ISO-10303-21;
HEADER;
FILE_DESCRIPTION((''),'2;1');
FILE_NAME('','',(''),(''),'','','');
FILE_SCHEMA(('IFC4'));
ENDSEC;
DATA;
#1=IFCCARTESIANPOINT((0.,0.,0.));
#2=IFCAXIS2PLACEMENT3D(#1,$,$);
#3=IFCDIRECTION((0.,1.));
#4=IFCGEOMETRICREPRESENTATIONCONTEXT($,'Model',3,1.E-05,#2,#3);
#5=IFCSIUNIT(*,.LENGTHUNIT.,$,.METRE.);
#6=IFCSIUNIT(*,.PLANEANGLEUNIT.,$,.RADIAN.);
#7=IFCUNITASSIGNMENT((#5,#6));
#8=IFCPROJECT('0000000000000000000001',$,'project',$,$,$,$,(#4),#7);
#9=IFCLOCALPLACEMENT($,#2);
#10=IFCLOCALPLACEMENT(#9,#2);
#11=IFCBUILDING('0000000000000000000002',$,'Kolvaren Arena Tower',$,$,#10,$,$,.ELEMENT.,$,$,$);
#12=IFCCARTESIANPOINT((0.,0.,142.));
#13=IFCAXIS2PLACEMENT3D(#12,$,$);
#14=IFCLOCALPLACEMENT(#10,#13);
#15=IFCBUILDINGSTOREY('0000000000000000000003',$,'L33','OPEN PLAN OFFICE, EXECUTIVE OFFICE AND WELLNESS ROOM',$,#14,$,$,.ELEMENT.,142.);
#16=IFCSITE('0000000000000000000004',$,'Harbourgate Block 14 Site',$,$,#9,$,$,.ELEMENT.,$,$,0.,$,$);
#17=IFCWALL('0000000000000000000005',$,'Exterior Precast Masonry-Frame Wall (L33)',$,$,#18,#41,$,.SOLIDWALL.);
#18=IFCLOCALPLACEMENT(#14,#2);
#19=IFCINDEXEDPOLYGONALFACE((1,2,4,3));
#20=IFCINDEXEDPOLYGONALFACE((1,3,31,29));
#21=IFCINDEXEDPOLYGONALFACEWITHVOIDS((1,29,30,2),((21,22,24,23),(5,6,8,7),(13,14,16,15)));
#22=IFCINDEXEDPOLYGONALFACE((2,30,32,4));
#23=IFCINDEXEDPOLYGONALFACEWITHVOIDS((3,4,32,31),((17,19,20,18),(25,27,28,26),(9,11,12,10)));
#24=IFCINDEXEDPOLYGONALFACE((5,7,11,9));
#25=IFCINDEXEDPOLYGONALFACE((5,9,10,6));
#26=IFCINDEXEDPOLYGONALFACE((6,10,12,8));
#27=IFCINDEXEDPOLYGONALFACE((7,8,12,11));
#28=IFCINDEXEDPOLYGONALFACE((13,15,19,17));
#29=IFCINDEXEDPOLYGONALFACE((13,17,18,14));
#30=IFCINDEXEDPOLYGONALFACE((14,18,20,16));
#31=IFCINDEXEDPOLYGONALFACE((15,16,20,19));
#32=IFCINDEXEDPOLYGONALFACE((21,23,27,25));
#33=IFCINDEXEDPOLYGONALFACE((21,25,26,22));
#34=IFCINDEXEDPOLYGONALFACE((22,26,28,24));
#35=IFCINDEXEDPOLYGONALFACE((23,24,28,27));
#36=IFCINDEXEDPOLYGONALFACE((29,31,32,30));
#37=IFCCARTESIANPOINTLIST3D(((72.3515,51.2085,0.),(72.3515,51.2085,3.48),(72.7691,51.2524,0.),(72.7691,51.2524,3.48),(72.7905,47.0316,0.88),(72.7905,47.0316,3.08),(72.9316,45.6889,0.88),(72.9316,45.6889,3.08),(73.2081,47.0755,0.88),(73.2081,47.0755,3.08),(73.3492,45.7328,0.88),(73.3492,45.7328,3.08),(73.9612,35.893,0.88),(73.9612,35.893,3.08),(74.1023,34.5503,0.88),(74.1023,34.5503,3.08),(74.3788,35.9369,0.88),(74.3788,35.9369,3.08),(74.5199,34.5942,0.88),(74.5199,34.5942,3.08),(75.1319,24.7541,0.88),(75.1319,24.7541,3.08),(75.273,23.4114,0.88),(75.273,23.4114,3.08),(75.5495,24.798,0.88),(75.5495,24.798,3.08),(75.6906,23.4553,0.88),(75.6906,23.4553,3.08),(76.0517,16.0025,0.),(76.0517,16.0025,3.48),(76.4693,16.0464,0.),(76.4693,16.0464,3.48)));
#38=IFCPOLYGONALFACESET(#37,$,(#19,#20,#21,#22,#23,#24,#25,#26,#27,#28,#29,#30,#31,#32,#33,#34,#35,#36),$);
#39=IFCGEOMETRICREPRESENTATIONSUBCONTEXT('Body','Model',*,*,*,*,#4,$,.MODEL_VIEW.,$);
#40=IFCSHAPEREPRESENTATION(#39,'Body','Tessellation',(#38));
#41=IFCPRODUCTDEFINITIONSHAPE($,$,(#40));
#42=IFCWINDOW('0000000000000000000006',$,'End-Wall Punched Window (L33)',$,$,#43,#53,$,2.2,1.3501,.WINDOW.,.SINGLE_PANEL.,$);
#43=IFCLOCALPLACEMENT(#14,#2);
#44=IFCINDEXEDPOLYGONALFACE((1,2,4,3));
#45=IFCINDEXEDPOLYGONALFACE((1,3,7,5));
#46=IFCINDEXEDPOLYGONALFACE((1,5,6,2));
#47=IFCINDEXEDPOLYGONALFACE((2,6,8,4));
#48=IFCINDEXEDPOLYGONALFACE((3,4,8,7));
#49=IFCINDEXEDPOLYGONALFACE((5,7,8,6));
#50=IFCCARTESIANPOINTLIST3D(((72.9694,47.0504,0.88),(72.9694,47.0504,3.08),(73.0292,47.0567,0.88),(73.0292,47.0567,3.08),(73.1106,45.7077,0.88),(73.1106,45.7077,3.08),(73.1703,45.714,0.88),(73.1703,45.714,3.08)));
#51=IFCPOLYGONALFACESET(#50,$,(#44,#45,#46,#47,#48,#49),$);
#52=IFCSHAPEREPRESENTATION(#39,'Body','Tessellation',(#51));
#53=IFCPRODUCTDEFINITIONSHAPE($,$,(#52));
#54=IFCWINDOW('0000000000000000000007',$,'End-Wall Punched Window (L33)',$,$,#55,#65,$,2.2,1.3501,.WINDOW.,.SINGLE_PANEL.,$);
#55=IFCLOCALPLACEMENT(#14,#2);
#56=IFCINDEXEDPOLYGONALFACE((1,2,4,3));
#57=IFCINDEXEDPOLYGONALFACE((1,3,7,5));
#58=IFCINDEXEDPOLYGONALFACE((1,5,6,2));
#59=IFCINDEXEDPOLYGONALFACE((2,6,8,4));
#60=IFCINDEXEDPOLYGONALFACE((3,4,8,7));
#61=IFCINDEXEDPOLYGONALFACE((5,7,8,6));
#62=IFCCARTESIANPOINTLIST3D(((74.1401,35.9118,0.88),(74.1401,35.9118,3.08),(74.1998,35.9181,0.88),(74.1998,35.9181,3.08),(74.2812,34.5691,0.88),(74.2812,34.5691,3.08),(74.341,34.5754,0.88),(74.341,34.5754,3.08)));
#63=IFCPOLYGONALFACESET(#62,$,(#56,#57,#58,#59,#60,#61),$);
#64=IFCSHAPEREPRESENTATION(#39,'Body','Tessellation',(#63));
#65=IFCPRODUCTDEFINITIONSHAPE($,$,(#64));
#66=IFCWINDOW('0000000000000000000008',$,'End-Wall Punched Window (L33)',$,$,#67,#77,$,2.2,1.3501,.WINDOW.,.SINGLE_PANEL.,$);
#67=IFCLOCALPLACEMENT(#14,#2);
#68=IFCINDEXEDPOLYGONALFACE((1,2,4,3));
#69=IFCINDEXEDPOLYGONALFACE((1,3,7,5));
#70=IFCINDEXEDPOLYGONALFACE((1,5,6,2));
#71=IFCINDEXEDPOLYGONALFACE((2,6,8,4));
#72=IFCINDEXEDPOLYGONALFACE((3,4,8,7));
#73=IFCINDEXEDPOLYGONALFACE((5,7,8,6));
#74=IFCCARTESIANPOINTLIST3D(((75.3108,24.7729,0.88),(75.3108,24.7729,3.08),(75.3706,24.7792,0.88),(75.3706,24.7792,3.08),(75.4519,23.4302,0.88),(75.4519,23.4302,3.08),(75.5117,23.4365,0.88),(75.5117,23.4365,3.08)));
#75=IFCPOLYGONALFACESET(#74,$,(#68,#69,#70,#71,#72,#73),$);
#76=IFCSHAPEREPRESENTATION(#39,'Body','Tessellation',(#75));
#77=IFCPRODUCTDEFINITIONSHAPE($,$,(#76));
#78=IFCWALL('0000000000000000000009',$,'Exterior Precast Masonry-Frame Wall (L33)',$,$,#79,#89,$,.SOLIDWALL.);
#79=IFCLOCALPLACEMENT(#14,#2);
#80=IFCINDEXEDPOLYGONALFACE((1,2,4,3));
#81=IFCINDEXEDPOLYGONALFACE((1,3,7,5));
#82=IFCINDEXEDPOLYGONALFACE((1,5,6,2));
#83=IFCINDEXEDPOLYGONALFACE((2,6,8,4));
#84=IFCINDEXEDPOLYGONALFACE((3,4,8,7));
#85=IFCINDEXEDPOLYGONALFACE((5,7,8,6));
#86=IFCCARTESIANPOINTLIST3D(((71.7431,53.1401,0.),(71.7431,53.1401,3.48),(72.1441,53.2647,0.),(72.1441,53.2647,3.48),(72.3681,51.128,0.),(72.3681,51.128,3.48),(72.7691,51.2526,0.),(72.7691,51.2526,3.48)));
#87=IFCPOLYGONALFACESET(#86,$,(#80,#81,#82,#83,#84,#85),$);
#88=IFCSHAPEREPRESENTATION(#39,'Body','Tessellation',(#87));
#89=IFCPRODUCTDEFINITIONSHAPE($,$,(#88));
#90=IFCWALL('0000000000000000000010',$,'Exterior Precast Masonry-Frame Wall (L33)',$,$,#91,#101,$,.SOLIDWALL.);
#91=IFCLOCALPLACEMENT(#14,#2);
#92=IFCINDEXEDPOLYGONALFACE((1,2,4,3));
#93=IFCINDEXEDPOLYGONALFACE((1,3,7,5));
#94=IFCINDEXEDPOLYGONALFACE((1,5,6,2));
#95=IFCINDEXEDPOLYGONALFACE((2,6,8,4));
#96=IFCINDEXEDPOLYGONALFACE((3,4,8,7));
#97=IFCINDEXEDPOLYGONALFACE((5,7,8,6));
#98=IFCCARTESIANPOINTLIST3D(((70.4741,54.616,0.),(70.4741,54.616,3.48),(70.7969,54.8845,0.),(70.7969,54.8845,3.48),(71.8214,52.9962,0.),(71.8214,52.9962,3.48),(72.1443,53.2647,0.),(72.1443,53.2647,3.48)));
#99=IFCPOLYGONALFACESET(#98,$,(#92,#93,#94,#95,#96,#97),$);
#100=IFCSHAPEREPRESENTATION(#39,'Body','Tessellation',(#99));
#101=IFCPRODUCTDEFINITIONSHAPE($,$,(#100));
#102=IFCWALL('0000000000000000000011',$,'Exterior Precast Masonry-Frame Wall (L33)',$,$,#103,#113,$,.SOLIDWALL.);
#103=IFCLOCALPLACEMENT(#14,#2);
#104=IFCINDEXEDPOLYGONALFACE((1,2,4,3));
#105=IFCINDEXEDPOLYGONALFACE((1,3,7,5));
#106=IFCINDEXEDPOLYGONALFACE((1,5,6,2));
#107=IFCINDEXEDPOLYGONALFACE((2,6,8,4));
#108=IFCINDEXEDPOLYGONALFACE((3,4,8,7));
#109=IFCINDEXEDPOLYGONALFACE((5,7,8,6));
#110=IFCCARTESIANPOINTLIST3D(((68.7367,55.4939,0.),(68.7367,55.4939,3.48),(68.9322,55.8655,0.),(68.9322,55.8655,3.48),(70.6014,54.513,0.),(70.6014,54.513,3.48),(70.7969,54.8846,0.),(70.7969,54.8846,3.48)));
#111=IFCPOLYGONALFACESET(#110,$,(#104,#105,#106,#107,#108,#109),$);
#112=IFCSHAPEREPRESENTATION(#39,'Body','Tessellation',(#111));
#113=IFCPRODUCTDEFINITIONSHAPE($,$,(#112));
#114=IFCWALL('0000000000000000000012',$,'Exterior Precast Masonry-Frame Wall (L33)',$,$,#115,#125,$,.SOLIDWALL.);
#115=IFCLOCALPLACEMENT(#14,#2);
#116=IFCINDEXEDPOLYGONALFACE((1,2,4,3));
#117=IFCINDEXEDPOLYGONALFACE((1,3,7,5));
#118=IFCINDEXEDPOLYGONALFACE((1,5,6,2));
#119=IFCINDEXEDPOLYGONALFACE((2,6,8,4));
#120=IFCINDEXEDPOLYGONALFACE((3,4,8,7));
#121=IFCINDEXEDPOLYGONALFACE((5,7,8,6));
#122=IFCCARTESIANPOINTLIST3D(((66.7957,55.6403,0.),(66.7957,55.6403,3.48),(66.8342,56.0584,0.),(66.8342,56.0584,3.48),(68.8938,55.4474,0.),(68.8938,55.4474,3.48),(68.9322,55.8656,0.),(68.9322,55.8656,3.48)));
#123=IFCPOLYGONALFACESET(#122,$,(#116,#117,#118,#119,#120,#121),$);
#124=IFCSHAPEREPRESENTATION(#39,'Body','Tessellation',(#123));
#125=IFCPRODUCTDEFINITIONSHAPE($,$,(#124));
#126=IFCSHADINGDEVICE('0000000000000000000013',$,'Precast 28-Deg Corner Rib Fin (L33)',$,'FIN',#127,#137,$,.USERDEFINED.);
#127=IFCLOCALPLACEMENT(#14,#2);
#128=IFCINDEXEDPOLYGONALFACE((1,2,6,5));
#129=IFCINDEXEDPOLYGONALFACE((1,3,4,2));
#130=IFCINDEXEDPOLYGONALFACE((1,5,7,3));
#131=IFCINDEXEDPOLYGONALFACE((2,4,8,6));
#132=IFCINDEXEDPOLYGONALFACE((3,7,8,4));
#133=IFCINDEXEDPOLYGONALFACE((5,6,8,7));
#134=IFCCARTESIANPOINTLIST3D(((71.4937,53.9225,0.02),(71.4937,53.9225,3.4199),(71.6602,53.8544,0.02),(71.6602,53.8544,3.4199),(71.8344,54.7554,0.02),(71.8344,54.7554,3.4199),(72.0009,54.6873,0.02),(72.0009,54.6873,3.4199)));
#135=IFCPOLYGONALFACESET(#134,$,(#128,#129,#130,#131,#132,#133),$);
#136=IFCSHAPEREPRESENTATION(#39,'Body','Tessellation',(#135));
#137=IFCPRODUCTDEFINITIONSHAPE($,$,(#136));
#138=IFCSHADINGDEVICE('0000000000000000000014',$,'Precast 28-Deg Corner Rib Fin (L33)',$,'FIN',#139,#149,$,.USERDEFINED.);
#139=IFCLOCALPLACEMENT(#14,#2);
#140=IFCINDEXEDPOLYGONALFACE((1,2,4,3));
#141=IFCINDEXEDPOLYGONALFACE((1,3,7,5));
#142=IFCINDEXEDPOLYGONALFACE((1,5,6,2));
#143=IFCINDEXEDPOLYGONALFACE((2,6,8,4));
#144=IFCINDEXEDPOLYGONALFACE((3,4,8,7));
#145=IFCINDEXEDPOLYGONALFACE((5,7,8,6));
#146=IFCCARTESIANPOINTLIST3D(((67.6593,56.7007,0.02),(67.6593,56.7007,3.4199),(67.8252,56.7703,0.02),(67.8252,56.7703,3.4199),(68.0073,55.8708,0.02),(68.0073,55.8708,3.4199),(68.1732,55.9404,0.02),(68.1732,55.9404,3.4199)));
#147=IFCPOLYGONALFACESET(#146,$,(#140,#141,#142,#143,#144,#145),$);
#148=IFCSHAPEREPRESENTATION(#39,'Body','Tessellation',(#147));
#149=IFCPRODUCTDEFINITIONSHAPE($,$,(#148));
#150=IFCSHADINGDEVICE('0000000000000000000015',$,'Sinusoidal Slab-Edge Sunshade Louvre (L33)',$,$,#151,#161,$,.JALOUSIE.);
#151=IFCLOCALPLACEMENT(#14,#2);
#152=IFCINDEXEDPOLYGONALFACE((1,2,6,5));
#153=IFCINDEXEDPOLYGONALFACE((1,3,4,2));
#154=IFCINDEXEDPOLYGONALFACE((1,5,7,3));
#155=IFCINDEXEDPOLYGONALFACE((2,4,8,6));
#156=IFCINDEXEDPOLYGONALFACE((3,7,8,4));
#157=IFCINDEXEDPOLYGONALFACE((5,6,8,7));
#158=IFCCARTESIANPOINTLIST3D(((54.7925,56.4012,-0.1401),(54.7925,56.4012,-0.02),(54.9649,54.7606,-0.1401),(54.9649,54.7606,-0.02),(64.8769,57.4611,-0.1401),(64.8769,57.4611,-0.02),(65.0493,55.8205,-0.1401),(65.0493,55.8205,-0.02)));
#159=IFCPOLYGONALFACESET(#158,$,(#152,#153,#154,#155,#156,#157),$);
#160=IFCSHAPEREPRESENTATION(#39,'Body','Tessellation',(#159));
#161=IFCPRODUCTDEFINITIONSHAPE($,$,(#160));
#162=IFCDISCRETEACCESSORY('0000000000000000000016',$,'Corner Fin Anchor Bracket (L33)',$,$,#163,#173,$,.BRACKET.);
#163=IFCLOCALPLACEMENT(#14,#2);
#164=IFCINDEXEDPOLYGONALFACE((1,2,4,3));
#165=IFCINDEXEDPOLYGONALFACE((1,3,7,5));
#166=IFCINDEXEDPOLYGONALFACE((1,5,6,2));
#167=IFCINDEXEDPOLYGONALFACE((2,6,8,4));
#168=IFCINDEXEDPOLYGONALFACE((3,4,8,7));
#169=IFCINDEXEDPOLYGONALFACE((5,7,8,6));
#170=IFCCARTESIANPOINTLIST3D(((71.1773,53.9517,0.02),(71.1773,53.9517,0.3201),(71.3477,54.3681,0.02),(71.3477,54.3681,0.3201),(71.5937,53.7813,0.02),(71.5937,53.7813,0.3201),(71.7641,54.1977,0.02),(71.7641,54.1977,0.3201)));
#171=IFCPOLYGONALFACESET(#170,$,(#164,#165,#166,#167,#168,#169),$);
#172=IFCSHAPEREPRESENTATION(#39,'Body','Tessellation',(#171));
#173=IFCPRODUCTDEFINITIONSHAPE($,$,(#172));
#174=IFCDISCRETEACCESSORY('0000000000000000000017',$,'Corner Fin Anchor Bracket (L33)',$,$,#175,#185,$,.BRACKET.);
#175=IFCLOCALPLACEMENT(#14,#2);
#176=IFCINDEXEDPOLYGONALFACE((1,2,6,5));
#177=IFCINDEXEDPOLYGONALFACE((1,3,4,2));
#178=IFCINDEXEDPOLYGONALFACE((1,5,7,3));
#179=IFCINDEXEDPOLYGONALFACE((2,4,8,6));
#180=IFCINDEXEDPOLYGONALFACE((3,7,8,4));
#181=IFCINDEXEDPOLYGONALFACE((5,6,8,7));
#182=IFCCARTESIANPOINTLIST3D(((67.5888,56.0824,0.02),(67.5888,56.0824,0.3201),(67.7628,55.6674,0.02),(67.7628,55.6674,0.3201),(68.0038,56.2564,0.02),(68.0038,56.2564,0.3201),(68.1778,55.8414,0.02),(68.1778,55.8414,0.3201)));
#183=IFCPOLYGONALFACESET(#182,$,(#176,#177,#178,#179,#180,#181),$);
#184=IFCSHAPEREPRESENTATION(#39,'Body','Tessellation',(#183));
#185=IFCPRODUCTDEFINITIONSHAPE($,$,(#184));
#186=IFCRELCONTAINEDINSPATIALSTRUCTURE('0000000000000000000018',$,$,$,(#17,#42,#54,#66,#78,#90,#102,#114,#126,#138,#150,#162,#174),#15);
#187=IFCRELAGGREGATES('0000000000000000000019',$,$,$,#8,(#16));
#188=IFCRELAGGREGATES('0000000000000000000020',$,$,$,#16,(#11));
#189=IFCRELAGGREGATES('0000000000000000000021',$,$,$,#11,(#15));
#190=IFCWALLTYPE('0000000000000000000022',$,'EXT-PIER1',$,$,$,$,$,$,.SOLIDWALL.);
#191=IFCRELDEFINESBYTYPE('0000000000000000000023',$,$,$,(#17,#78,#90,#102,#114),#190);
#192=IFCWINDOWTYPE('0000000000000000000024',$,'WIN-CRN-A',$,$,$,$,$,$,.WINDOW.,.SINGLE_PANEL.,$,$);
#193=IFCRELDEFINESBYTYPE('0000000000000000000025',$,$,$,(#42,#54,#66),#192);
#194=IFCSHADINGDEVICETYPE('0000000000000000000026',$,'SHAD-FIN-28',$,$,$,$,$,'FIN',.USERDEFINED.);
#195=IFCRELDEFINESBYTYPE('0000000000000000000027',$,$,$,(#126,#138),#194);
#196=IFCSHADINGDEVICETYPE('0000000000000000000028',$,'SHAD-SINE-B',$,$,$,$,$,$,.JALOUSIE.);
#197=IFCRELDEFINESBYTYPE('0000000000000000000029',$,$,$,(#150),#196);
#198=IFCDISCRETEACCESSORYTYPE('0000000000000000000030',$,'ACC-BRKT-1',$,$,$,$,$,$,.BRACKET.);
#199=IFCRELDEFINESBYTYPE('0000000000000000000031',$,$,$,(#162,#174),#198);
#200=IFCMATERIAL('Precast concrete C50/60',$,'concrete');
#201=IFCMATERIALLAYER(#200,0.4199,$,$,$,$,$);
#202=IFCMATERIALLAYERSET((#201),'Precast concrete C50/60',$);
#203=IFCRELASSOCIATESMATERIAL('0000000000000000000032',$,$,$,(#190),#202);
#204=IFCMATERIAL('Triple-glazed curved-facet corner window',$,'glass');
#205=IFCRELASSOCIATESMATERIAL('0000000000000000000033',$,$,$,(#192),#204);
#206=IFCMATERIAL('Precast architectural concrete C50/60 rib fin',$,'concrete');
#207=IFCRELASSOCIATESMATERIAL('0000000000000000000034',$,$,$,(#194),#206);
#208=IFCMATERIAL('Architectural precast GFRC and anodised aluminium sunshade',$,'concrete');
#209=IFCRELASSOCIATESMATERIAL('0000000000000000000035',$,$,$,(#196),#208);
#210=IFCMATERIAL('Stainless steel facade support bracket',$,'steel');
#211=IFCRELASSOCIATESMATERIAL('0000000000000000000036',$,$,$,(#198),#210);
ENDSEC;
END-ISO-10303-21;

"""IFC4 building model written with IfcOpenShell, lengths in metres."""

from ifc_helpers import new_model, si_unit, direction, frame, frame_2d, origin, origin_2d, place, context, subcontext, project, spatial, rectangle, extrude, material, layer, layer_set, type_object, element, fill, save


model = new_model("IFC4")

# Units and contexts
model_context = context("Model", 3, precision=1e-05, world=origin(), true_north=direction((0.0, 1.0)))
body_context = subcontext(model_context, "Body", "Model", "MODEL_VIEW")
ifc_project = project(units=[si_unit("LENGTHUNIT", "METRE"), si_unit("PLANEANGLEUNIT", "RADIAN")], contexts=[model_context])

# Site, building, storey
site_placement = place(None, origin())
site = spatial("IfcSite", under=ifc_project, at=site_placement, Name="Harbourgate Block 14 Site", CompositionType="ELEMENT", RefElevation=0.0)
building_placement = place(site_placement, origin())
building = spatial("IfcBuilding", under=site, at=building_placement, Name="Kolvaren Arena Tower", CompositionType="ELEMENT")
storey_placement = place(building_placement, frame((0.0, 0.0, 142.0)))
storey = spatial("IfcBuildingStorey", under=building, at=storey_placement, Name="L33", Description="OPEN PLAN OFFICE, EXECUTIVE OFFICE AND WELLNESS ROOM", CompositionType="ELEMENT", Elevation=142.0)

# Wall, openings, windows
ifc_material_1 = material(Name="Precast concrete C50/60", Category="concrete")
ifc_layer = layer(ifc_material_1, 0.4199)
ifc_layer_set = layer_set([ifc_layer], Name="Precast concrete C50/60")
wall_type = type_object("IfcWallType", Name="EXT-PIER1", PredefinedType="SOLIDWALL", material=ifc_layer_set)
wall_placement = place(storey_placement, frame((72.5603, 51.2305, 0.0), z_axis=(0.0, 0.0, 1.0), x_axis=(0.104525, -0.994522, 0.0)))
wall = element("IfcWall", 1, at=wall_placement, inside=storey, type_object=wall_type, Name="Exterior Precast Masonry-Frame Wall (L33)", PredefinedType="SOLIDWALL", context=body_context, shape_type="SweptSolid", body=[
    extrude(rectangle(XDim=35.3999, YDim=0.4199, at=frame_2d((17.7, 0.0))), origin(), (0.0, 0.0, 1.0), 3.48),
])
opening_1_placement = place(wall_placement, frame((4.2, 0.0, 0.8799)))
opening_1 = element("IfcOpeningElement", 2, at=opening_1_placement, cuts=wall, PredefinedType="OPENING", context=body_context, shape_type="SweptSolid", body=[
    extrude(rectangle(XDim=1.3501, YDim=2.2, at=frame_2d((0.675, 1.1001))), frame((0.0, 0.22, 0.0), z_axis=(0.0, -1.0, 0.0), x_axis=(1.0, 0.0, 0.0)), (0.0, 0.0, 1.0), 0.4399),
])
opening_2_placement = place(wall_placement, frame((15.3999, 0.0, 0.8799)))
opening_2 = element("IfcOpeningElement", 3, at=opening_2_placement, cuts=wall, PredefinedType="OPENING", context=body_context, shape_type="SweptSolid", body=[
    extrude(rectangle(XDim=1.3501, YDim=2.2, at=frame_2d((0.675, 1.1001))), frame((0.0, 0.22, 0.0), z_axis=(0.0, -1.0, 0.0), x_axis=(1.0, 0.0, 0.0)), (0.0, 0.0, 1.0), 0.4399),
])
opening_3_placement = place(wall_placement, frame((26.6001, 0.0, 0.8799)))
opening_3 = element("IfcOpeningElement", 4, at=opening_3_placement, cuts=wall, PredefinedType="OPENING", context=body_context, shape_type="SweptSolid", body=[
    extrude(rectangle(XDim=1.3501, YDim=2.2, at=frame_2d((0.675, 1.1001))), frame((0.0, 0.22, 0.0), z_axis=(0.0, -1.0, 0.0), x_axis=(1.0, 0.0, 0.0)), (0.0, 0.0, 1.0), 0.4399),
])
ifc_material_2 = material(Name="Triple-glazed curved-facet corner window", Category="glass")
window_type = type_object("IfcWindowType", Name="WIN-CRN-A", PartitioningType="SINGLE_PANEL", PredefinedType="WINDOW", material=ifc_material_2)
window_1_placement = place(opening_1_placement, origin())
window_1 = element("IfcWindow", 5, at=window_1_placement, inside=storey, type_object=window_type, Name="End-Wall Punched Window (L33)", OverallHeight=2.2, OverallWidth=1.3501, PartitioningType="SINGLE_PANEL", PredefinedType="WINDOW", context=body_context, shape_type="SweptSolid", body=[
    extrude(rectangle(XDim=1.3501, YDim=2.2, at=frame_2d((0.675, 1.1001))), frame((0.0, 0.03, 0.0), z_axis=(0.0, -1.0, 0.0), x_axis=(1.0, 0.0, 0.0)), (0.0, 0.0, 1.0), 0.0601),
])
fill(opening_1, window_1)
window_2_placement = place(opening_2_placement, origin())
window_2 = element("IfcWindow", 6, at=window_2_placement, inside=storey, type_object=window_type, Name="End-Wall Punched Window (L33)", OverallHeight=2.2, OverallWidth=1.3501, PartitioningType="SINGLE_PANEL", PredefinedType="WINDOW", context=body_context, shape_type="SweptSolid", body=[
    extrude(rectangle(XDim=1.3501, YDim=2.2, at=frame_2d((0.675, 1.1001))), frame((0.0, 0.03, 0.0), z_axis=(0.0, -1.0, 0.0), x_axis=(1.0, 0.0, 0.0)), (0.0, 0.0, 1.0), 0.0601),
])
fill(opening_2, window_2)
window_3_placement = place(opening_3_placement, origin())
window_3 = element("IfcWindow", 7, at=window_3_placement, inside=storey, type_object=window_type, Name="End-Wall Punched Window (L33)", OverallHeight=2.2, OverallWidth=1.3501, PartitioningType="SINGLE_PANEL", PredefinedType="WINDOW", context=body_context, shape_type="SweptSolid", body=[
    extrude(rectangle(XDim=1.3501, YDim=2.2, at=frame_2d((0.675, 1.1001))), frame((0.0, 0.03, 0.0), z_axis=(0.0, -1.0, 0.0), x_axis=(1.0, 0.0, 0.0)), (0.0, 0.0, 1.0), 0.0601),
])
fill(opening_3, window_3)

# Walls
for number, where, z_axis, x_axis, name in (
    (8, (71.9436, 53.2024, 0.0), (0.0, 0.0, 1.0), (0.296625, -0.954994, 0.0), "Exterior Precast Masonry-Frame Wall (L33)"),
    (9, (70.6355, 54.7502, 0.0), (0.0, 0.0, 1.0), (0.639489, -0.7688, 0.0), "Exterior Precast Masonry-Frame Wall (L33)"),
    (10, (68.8345, 55.6797, 0.0), (0.0, 0.0, 1.0), (0.885014, -0.465565, 0.0), "Exterior Precast Masonry-Frame Wall (L33)"),
    (11, (66.8149, 55.8494, 0.0), (0.0, 0.0, 1.0), (0.995802, -0.091539, 0.0), "Exterior Precast Masonry-Frame Wall (L33)"),
):
    element("IfcWall", number, at=place(storey_placement, frame(where, z_axis=z_axis, x_axis=x_axis)), inside=storey, type_object=wall_type, Name=name, PredefinedType="SOLIDWALL", context=body_context, shape_type="SweptSolid", body=[
        extrude(rectangle(XDim=2.1069, YDim=0.4199, at=frame_2d((1.0535, 0.0))), origin(), (0.0, 0.0, 1.0), 3.48),
    ])

# Shading devices
ifc_material_3 = material(Name="Precast architectural concrete C50/60 rib fin", Category="concrete")
shading_device_type_1 = type_object("IfcShadingDeviceType", Name="SHAD-FIN-28", ElementType="FIN", PredefinedType="USERDEFINED", material=ifc_material_3)
for number, where, z_axis, x_axis, name in (
    (12, (71.7473, 54.3049, 0.02), (0.0, 0.0, 1.0), (0.378634, 0.925546, 0.0), "Precast 28-Deg Corner Rib Fin (L33)"),
    (13, (67.9163, 56.3206, 0.02), (0.0, 0.0, 1.0), (-0.386706, 0.922203, 0.0), "Precast 28-Deg Corner Rib Fin (L33)"),
):
    element("IfcShadingDevice", number, at=place(storey_placement, frame(where, z_axis=z_axis, x_axis=x_axis)), inside=storey, type_object=shading_device_type_1, Name=name, ObjectType="FIN", PredefinedType="USERDEFINED", context=body_context, shape_type="SweptSolid", body=[
        extrude(rectangle(XDim=0.8999, YDim=0.1799, at=origin_2d()), origin(), (0.0, 0.0, 1.0), 3.3999),
    ])
ifc_material_4 = material(Name="Architectural precast GFRC and anodised aluminium sunshade", Category="concrete")
shading_device_type_2 = type_object("IfcShadingDeviceType", Name="SHAD-SINE-B", PredefinedType="JALOUSIE", material=ifc_material_4)
shading_device_placement = place(storey_placement, frame((59.9209, 56.1108, -0.1401), z_axis=(0.0, 0.0, 1.0), x_axis=(0.994522, 0.104527, 0.0)))
element("IfcShadingDevice", 14, at=shading_device_placement, inside=storey, type_object=shading_device_type_2, Name="Sinusoidal Slab-Edge Sunshade Louvre (L33)", PredefinedType="JALOUSIE", context=body_context, shape_type="SweptSolid", body=[
    extrude(rectangle(XDim=10.1399, YDim=1.6497, at=origin_2d()), origin(), (0.0, 0.0, 1.0), 0.1201),
])

# Discrete accessories
ifc_material_5 = material(Name="Stainless steel facade support bracket", Category="steel")
discrete_accessory_type = type_object("IfcDiscreteAccessoryType", Name="ACC-BRKT-1", PredefinedType="BRACKET", material=ifc_material_5)
for number, where, z_axis, x_axis, name in (
    (15, (71.4707, 54.0747, 0.02), (0.0, 0.0, 1.0), (0.378634, 0.925546, 0.0), "Corner Fin Anchor Bracket (L33)"),
    (16, (67.8833, 55.9619, 0.02), (0.0, 0.0, 1.0), (-0.386706, 0.922203, 0.0), "Corner Fin Anchor Bracket (L33)"),
):
    element("IfcDiscreteAccessory", number, at=place(storey_placement, frame(where, z_axis=z_axis, x_axis=x_axis)), inside=storey, type_object=discrete_accessory_type, Name=name, PredefinedType="BRACKET", context=body_context, shape_type="SweptSolid", body=[
        extrude(rectangle(XDim=0.45, YDim=0.45, at=origin_2d()), origin(), (0.0, 0.0, 1.0), 0.3),
    ])

save(model, "model.ifc")
